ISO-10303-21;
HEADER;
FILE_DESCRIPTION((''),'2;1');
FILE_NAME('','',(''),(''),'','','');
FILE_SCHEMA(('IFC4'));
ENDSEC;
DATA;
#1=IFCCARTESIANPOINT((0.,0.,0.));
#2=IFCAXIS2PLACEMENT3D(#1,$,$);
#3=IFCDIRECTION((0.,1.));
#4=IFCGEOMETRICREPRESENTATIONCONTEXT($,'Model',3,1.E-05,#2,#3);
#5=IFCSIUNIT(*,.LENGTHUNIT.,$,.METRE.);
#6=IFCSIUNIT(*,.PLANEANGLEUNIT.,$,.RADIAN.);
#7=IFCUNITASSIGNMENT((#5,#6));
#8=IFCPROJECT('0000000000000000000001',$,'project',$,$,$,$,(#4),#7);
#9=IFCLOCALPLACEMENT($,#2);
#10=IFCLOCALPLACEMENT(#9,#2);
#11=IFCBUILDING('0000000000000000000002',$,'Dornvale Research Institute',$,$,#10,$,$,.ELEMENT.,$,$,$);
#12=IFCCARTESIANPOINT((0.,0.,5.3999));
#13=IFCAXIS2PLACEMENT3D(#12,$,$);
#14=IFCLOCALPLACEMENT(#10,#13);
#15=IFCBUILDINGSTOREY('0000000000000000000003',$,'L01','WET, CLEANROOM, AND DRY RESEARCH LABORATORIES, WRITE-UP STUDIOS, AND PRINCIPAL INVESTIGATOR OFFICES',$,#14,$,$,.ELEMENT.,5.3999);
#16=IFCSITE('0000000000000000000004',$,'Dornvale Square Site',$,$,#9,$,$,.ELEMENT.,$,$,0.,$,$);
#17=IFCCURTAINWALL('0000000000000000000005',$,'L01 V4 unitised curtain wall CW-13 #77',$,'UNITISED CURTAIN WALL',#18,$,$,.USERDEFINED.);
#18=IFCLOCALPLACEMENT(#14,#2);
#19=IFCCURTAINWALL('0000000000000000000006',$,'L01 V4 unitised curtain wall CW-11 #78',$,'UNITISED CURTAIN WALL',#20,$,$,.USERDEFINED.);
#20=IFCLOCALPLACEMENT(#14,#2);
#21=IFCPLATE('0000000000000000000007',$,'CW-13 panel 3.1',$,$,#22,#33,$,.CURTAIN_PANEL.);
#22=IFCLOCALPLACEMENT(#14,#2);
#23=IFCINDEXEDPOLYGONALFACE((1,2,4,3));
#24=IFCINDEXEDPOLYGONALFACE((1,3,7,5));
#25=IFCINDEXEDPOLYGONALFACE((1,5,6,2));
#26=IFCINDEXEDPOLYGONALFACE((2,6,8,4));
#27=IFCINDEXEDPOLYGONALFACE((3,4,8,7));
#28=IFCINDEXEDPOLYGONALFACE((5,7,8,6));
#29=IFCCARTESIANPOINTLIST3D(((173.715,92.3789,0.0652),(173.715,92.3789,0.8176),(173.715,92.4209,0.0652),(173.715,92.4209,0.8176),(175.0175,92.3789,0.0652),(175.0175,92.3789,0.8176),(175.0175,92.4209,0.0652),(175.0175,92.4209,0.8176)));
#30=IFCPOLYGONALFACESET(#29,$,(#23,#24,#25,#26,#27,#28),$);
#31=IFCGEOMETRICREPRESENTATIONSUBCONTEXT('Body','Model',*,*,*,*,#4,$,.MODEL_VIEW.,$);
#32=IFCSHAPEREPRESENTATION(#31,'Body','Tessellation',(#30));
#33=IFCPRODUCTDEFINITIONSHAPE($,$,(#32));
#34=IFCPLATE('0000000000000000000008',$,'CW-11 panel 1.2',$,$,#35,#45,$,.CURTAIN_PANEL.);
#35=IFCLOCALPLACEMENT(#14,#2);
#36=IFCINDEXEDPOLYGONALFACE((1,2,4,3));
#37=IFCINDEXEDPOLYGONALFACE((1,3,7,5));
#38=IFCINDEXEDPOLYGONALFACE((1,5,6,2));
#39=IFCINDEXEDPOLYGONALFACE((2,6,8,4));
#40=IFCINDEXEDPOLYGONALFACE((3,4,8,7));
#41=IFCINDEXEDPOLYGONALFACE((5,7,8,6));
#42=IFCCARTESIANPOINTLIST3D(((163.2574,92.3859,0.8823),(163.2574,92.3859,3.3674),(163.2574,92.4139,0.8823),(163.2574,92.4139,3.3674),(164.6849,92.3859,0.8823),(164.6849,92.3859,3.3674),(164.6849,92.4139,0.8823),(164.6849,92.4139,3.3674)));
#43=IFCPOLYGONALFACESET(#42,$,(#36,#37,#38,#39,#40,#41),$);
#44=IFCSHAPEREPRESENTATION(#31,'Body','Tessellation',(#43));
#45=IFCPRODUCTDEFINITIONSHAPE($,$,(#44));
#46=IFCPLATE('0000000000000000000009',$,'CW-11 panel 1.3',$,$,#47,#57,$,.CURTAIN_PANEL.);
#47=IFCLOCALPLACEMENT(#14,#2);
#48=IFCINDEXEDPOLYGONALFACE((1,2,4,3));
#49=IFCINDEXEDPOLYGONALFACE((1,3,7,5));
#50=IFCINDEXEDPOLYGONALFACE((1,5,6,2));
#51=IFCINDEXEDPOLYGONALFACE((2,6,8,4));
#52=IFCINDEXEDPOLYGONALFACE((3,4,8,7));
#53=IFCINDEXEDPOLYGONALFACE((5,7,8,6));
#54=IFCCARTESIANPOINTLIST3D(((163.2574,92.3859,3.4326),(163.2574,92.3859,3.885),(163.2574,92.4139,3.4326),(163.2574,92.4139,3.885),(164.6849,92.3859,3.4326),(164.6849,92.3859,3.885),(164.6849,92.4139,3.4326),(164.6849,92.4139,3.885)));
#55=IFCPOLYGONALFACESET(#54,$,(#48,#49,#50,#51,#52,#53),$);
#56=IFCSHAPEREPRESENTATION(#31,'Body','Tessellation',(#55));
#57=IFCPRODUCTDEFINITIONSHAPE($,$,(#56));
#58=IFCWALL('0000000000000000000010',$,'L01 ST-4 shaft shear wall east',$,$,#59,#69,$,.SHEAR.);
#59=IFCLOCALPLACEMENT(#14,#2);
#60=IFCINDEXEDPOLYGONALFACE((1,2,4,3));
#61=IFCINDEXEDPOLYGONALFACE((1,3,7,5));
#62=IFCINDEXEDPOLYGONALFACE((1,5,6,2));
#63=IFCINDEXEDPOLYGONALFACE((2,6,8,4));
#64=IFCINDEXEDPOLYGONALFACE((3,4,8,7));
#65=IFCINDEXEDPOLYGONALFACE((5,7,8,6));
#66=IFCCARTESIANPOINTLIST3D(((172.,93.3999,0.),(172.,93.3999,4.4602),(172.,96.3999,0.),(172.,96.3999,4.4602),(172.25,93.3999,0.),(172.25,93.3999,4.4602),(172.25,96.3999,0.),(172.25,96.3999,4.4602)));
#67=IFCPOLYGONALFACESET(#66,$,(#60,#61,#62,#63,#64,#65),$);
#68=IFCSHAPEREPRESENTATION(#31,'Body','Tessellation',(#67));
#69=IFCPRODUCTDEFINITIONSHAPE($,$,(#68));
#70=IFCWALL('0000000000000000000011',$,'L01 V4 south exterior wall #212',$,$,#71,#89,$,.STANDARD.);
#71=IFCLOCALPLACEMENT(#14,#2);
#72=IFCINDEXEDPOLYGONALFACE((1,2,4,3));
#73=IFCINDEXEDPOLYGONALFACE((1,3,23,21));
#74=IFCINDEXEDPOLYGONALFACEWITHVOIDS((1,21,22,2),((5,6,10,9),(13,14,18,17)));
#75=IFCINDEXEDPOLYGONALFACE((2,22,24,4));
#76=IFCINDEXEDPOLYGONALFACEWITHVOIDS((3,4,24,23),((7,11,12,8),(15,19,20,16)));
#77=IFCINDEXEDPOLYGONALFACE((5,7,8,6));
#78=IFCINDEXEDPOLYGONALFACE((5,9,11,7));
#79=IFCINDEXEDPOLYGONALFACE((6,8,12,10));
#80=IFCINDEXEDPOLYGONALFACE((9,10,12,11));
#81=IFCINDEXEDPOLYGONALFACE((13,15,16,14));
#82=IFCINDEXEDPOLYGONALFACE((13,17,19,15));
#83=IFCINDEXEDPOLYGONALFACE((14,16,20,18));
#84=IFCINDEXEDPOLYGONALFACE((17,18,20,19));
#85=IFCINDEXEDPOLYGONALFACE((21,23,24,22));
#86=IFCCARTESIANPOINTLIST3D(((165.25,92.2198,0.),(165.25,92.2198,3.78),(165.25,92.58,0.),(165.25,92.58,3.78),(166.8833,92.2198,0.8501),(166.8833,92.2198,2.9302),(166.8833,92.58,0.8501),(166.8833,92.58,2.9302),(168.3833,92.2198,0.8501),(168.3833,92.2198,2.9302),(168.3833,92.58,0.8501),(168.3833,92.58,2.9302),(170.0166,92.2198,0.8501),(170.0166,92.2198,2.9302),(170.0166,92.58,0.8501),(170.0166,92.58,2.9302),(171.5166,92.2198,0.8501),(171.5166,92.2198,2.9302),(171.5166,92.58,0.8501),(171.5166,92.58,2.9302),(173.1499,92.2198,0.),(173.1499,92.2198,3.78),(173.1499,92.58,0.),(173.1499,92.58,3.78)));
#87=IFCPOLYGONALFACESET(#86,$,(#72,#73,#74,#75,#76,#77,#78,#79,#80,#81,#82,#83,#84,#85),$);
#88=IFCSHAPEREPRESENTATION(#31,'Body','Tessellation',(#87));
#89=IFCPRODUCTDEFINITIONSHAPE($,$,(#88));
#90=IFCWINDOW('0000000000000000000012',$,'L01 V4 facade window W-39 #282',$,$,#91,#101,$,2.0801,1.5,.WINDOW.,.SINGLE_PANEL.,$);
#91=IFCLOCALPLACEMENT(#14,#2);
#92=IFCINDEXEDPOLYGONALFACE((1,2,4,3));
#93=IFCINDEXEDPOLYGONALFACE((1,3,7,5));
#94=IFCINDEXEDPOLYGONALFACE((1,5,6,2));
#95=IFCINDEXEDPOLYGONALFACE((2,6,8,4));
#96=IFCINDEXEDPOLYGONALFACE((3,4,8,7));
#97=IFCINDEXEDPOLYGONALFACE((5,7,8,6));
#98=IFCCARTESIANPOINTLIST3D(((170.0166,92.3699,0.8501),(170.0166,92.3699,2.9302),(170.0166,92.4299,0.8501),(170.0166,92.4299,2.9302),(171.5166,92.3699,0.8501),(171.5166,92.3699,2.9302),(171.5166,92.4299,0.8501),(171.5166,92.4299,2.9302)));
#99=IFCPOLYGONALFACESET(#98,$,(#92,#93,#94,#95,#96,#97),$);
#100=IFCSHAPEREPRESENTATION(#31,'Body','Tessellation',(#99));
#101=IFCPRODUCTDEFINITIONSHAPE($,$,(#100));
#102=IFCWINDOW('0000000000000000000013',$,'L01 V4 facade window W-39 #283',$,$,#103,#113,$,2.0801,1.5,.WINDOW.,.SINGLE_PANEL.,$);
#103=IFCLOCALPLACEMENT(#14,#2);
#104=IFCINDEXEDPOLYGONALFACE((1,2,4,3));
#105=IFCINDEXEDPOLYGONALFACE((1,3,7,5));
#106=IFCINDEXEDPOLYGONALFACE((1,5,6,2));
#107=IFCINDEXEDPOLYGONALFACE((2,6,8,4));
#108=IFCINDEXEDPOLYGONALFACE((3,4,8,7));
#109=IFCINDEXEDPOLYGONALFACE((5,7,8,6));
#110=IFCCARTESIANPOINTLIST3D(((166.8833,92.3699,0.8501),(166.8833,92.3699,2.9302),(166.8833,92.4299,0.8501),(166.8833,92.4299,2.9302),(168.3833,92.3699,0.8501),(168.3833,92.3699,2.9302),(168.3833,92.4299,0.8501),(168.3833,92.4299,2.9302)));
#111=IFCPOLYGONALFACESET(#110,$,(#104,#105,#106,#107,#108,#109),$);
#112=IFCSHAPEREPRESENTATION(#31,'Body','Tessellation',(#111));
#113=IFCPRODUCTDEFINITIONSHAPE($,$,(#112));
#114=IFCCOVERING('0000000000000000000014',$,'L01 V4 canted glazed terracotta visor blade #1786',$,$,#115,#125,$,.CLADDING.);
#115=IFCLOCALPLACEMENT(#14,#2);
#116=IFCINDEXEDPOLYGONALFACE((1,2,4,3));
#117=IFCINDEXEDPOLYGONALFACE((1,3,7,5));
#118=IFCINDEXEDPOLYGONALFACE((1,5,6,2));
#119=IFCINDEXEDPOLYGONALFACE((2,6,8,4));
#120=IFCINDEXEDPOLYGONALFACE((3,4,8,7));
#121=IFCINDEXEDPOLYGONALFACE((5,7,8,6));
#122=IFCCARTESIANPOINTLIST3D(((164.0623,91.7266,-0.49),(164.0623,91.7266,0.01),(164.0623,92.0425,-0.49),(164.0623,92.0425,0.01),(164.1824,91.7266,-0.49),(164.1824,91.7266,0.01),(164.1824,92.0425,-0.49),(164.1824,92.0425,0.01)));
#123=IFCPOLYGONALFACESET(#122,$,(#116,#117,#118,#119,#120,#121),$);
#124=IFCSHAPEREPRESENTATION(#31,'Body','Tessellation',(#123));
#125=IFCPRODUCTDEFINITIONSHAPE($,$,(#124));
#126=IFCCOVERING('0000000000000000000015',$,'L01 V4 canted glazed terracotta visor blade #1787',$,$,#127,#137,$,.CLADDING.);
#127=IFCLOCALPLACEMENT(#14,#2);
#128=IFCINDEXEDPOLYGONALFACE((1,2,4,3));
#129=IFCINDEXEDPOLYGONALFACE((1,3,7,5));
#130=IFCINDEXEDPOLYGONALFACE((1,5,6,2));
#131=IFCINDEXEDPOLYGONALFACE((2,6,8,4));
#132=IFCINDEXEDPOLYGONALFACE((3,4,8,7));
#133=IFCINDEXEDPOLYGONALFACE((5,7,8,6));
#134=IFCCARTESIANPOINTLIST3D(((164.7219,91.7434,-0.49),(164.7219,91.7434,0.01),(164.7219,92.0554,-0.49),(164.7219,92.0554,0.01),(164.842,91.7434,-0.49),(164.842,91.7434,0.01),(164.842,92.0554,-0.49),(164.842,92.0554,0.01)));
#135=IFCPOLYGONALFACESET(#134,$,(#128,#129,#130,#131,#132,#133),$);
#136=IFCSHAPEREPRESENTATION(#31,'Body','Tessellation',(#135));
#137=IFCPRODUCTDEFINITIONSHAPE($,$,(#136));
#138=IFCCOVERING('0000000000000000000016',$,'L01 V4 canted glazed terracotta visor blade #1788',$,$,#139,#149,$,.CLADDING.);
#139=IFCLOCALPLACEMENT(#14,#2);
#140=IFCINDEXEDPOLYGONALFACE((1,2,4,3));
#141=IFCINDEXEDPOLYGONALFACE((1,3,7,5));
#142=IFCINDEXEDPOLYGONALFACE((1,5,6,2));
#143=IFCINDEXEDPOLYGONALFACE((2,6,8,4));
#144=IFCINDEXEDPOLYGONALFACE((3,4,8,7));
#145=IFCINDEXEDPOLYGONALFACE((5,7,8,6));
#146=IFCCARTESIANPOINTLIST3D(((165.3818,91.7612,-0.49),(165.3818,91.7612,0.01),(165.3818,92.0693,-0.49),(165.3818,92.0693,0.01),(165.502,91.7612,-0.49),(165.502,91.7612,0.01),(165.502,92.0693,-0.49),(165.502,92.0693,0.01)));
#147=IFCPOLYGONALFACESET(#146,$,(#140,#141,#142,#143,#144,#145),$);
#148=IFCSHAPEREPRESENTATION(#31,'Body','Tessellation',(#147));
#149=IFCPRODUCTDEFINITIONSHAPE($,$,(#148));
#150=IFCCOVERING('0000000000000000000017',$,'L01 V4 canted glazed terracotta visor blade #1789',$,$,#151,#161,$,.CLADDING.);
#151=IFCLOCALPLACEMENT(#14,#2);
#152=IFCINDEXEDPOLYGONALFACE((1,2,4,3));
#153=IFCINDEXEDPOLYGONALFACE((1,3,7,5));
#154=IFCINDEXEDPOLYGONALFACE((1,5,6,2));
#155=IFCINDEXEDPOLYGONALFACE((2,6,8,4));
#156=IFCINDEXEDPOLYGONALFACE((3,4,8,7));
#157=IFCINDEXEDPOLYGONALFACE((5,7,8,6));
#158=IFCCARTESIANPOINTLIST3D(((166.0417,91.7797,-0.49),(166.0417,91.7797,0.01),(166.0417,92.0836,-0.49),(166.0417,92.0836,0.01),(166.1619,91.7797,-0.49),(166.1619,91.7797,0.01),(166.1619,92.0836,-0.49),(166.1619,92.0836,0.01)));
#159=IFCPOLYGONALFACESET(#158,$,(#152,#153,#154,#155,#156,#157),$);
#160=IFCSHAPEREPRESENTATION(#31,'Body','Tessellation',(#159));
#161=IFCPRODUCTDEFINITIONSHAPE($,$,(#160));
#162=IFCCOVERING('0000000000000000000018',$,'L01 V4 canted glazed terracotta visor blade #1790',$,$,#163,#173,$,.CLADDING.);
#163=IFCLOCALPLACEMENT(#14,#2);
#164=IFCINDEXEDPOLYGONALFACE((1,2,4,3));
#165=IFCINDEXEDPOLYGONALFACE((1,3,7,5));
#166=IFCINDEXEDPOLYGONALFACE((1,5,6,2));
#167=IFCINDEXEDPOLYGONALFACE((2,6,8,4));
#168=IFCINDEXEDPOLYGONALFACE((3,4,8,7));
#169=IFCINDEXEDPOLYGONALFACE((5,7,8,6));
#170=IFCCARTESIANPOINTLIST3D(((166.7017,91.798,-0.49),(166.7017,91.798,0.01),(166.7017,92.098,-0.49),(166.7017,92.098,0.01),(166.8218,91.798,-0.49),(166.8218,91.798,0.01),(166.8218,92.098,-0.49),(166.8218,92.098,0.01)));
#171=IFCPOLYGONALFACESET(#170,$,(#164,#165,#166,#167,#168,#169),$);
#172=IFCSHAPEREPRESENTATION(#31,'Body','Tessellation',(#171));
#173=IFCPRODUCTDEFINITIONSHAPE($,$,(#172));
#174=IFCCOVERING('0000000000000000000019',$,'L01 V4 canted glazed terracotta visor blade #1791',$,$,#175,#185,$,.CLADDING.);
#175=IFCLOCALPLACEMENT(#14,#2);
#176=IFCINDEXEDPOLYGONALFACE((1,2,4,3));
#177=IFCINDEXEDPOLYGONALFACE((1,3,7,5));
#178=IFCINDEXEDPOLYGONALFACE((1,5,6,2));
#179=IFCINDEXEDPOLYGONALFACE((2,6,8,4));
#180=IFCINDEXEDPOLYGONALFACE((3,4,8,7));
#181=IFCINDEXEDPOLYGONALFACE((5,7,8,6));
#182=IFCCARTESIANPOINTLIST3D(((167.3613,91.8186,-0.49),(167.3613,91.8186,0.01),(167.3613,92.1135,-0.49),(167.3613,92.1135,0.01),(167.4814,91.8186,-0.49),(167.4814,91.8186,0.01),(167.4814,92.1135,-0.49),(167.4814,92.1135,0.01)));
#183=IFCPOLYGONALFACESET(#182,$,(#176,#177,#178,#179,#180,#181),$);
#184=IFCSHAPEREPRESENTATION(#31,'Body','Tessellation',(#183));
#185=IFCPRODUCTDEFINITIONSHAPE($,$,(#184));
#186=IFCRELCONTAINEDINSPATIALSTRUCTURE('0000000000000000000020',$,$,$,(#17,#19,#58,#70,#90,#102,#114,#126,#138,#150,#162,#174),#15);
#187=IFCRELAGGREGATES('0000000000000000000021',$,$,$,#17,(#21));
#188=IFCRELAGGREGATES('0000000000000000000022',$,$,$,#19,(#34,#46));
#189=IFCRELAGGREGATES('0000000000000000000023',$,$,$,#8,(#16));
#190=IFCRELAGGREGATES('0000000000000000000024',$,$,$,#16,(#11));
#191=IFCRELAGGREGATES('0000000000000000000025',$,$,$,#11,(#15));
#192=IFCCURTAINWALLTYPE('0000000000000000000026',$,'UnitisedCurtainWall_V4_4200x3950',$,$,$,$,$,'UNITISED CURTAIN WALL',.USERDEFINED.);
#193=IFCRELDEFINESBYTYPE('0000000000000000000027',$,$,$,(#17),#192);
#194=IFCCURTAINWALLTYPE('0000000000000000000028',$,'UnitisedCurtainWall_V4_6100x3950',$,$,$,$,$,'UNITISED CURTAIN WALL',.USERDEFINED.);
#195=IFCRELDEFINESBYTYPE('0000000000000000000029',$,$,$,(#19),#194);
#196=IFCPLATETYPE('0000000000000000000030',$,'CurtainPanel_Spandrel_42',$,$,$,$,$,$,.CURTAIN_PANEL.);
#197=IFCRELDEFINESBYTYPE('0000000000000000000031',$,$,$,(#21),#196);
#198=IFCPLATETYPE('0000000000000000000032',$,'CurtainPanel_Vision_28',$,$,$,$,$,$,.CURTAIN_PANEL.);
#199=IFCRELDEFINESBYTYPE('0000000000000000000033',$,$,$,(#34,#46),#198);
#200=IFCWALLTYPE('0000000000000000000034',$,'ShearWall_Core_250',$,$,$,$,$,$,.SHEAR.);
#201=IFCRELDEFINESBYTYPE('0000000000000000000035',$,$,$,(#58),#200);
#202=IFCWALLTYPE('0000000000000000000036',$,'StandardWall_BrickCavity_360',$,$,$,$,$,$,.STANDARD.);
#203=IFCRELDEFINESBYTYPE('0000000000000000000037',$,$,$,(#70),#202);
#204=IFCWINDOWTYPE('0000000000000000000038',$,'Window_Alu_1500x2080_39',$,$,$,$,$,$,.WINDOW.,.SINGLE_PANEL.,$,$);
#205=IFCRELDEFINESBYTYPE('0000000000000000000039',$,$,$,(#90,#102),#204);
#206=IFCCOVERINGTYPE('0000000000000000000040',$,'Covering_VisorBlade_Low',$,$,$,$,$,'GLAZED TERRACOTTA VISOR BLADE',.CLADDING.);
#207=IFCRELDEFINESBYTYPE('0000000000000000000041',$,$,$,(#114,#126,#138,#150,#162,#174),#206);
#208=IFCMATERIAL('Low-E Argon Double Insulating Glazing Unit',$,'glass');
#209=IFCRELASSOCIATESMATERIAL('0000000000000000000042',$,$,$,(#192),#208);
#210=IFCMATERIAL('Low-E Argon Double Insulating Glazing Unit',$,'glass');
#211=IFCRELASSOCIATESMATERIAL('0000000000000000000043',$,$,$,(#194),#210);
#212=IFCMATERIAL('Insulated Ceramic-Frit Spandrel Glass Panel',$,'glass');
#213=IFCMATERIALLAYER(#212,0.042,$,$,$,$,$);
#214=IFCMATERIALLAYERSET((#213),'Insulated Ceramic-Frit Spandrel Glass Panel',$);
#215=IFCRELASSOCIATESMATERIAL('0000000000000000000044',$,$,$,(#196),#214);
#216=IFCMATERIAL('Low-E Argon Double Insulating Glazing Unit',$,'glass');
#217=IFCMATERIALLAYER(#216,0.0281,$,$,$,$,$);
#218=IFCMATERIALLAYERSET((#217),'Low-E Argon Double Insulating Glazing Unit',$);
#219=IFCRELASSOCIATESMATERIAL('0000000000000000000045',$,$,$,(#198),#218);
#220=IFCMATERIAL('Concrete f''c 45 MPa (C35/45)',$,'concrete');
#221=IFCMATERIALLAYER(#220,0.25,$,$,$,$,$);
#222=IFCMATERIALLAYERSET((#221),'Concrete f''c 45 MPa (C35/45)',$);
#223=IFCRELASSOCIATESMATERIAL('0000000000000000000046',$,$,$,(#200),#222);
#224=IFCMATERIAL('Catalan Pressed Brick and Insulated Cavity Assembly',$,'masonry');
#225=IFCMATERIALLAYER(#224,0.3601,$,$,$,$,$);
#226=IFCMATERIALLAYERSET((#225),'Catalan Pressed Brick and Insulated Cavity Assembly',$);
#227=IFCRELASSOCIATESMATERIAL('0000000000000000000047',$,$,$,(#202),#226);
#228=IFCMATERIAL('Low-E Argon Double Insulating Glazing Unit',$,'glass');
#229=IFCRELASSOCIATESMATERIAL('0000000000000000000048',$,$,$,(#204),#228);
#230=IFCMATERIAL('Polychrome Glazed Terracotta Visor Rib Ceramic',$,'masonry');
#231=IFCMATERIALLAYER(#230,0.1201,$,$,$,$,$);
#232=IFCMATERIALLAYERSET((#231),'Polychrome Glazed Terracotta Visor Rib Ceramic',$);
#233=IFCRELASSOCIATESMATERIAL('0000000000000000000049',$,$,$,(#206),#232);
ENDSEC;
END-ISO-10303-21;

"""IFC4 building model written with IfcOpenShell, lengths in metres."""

from ifc_helpers import new_model, si_unit, direction, frame, frame_2d, origin, origin_2d, place, context, subcontext, project, spatial, rectangle, extrude, material, layer, layer_set, type_object, element, fill, aggregate, save


model = new_model("IFC4")

# Units and contexts
model_context = context("Model", 3, precision=1e-05, world=origin(), true_north=direction((0.0, 1.0)))
body_context = subcontext(model_context, "Body", "Model", "MODEL_VIEW")
ifc_project = project(units=[si_unit("LENGTHUNIT", "METRE"), si_unit("PLANEANGLEUNIT", "RADIAN")], contexts=[model_context])

# Site, building, storey
site_placement = place(None, origin())
site = spatial("IfcSite", under=ifc_project, at=site_placement, Name="Dornvale Square Site", CompositionType="ELEMENT", RefElevation=0.0)
building_placement = place(site_placement, origin())
building = spatial("IfcBuilding", under=site, at=building_placement, Name="Dornvale Research Institute", CompositionType="ELEMENT")
storey_placement = place(building_placement, frame((0.0, 0.0, 5.3999)))
storey = spatial("IfcBuildingStorey", under=building, at=storey_placement, Name="L01", Description="WET, CLEANROOM, AND DRY RESEARCH LABORATORIES, WRITE-UP STUDIOS, AND PRINCIPAL INVESTIGATOR OFFICES", CompositionType="ELEMENT", Elevation=5.3999)

# Curtain walls
ifc_material_1 = material(Name="Low-E Argon Double Insulating Glazing Unit", Category="glass")
curtain_wall_type_1 = type_object("IfcCurtainWallType", Name="UnitisedCurtainWall_V4_4200x3950", ElementType="UNITISED CURTAIN WALL", PredefinedType="USERDEFINED", material=ifc_material_1)
curtain_wall_1_placement = place(storey_placement, origin())
curtain_wall_1 = element("IfcCurtainWall", 1, at=curtain_wall_1_placement, inside=storey, type_object=curtain_wall_type_1, Name="L01 V4 unitised curtain wall CW-13 #77", ObjectType="UNITISED CURTAIN WALL", PredefinedType="USERDEFINED")
ifc_material_2 = material(Name="Low-E Argon Double Insulating Glazing Unit", Category="glass")
curtain_wall_type_2 = type_object("IfcCurtainWallType", Name="UnitisedCurtainWall_V4_6100x3950", ElementType="UNITISED CURTAIN WALL", PredefinedType="USERDEFINED", material=ifc_material_2)
curtain_wall_2_placement = place(storey_placement, origin())
curtain_wall_2 = element("IfcCurtainWall", 2, at=curtain_wall_2_placement, inside=storey, type_object=curtain_wall_type_2, Name="L01 V4 unitised curtain wall CW-11 #78", ObjectType="UNITISED CURTAIN WALL", PredefinedType="USERDEFINED")

# Plates
ifc_material_3 = material(Name="Insulated Ceramic-Frit Spandrel Glass Panel", Category="glass")
ifc_layer_1 = layer(ifc_material_3, 0.042)
ifc_layer_set_1 = layer_set([ifc_layer_1], Name="Insulated Ceramic-Frit Spandrel Glass Panel")
plate_type_1 = type_object("IfcPlateType", Name="CurtainPanel_Spandrel_42", PredefinedType="CURTAIN_PANEL", material=ifc_layer_set_1)
plate_1_placement = place(storey_placement, frame((174.3662, 92.3999, 0.0652), z_axis=(0.0, 0.0, 1.0), x_axis=(-1.0, 0.0, 0.0)))
plate_1 = element("IfcPlate", 3, at=plate_1_placement, type_object=plate_type_1, Name="CW-13 panel 3.1", PredefinedType="CURTAIN_PANEL", context=body_context, shape_type="SweptSolid", body=[
    extrude(rectangle(XDim=1.3025, YDim=0.042, at=origin_2d()), origin(), (0.0, 0.0, 1.0), 0.7524),
])
aggregate(curtain_wall_1, [plate_1])
ifc_material_4 = material(Name="Low-E Argon Double Insulating Glazing Unit", Category="glass")
ifc_layer_2 = layer(ifc_material_4, 0.0281)
ifc_layer_set_2 = layer_set([ifc_layer_2], Name="Low-E Argon Double Insulating Glazing Unit")
plate_type_2 = type_object("IfcPlateType", Name="CurtainPanel_Vision_28", PredefinedType="CURTAIN_PANEL", material=ifc_layer_set_2)
plate_2_placement = place(storey_placement, frame((163.9712, 92.3999, 0.8823), z_axis=(0.0, 0.0, 1.0), x_axis=(-1.0, 0.0, 0.0)))
plate_2 = element("IfcPlate", 4, at=plate_2_placement, type_object=plate_type_2, Name="CW-11 panel 1.2", PredefinedType="CURTAIN_PANEL", context=body_context, shape_type="SweptSolid", body=[
    extrude(rectangle(XDim=1.4275, YDim=0.0281, at=origin_2d()), origin(), (0.0, 0.0, 1.0), 2.4851),
])
plate_3_placement = place(storey_placement, frame((163.9712, 92.3999, 3.4326), z_axis=(0.0, 0.0, 1.0), x_axis=(-1.0, 0.0, 0.0)))
plate_3 = element("IfcPlate", 5, at=plate_3_placement, type_object=plate_type_2, Name="CW-11 panel 1.3", PredefinedType="CURTAIN_PANEL", context=body_context, shape_type="SweptSolid", body=[
    extrude(rectangle(XDim=1.4275, YDim=0.0281, at=origin_2d()), origin(), (0.0, 0.0, 1.0), 0.4524),
])
aggregate(curtain_wall_2, [plate_2, plate_3])

# Wall
ifc_material_5 = material(Name="Concrete f'c 45 MPa (C35/45)", Category="concrete")
ifc_layer_3 = layer(ifc_material_5, 0.25)
ifc_layer_set_3 = layer_set([ifc_layer_3], Name="Concrete f'c 45 MPa (C35/45)")
wall_type_1 = type_object("IfcWallType", Name="ShearWall_Core_250", PredefinedType="SHEAR", material=ifc_layer_set_3)
wall_1_placement = place(storey_placement, frame((172.125, 93.3999, 0.0), z_axis=(0.0, 0.0, 1.0), x_axis=(0.0, 1.0, 0.0)))
element("IfcWall", 6, at=wall_1_placement, inside=storey, type_object=wall_type_1, Name="L01 ST-4 shaft shear wall east", PredefinedType="SHEAR", context=body_context, shape_type="SweptSolid", body=[
    extrude(rectangle(XDim=3.0, YDim=0.25, at=frame_2d((1.5, 0.0))), origin(), (0.0, 0.0, 1.0), 4.4602),
])

# Wall, openings, windows
ifc_material_6 = material(Name="Catalan Pressed Brick and Insulated Cavity Assembly", Category="masonry")
ifc_layer_4 = layer(ifc_material_6, 0.3601)
ifc_layer_set_4 = layer_set([ifc_layer_4], Name="Catalan Pressed Brick and Insulated Cavity Assembly")
wall_type_2 = type_object("IfcWallType", Name="StandardWall_BrickCavity_360", PredefinedType="STANDARD", material=ifc_layer_set_4)
wall_2_placement = place(storey_placement, frame((173.1499, 92.3999, 0.0), z_axis=(0.0, 0.0, 1.0), x_axis=(-1.0, 0.0, 0.0)))
wall_2 = element("IfcWall", 7, at=wall_2_placement, inside=storey, type_object=wall_type_2, Name="L01 V4 south exterior wall #212", PredefinedType="STANDARD", context=body_context, shape_type="SweptSolid", body=[
    extrude(rectangle(XDim=7.8999, YDim=0.3601, at=frame_2d((3.95, 0.0))), origin(), (0.0, 0.0, 1.0), 3.78),
])
opening_1_placement = place(wall_2_placement, frame((1.6333, 0.0, 0.8501)))
opening_1 = element("IfcOpeningElement", 8, at=opening_1_placement, cuts=wall_2, PredefinedType="OPENING", context=body_context, shape_type="SweptSolid", body=[
    extrude(rectangle(XDim=1.5, YDim=2.0801, at=frame_2d((0.75, 1.04))), frame((0.0, 0.1951, 0.0), z_axis=(0.0, -1.0, 0.0), x_axis=(1.0, 0.0, 0.0)), (0.0, 0.0, 1.0), 0.3901),
])
opening_2_placement = place(wall_2_placement, frame((4.7666, 0.0, 0.8501)))
opening_2 = element("IfcOpeningElement", 9, at=opening_2_placement, cuts=wall_2, PredefinedType="OPENING", context=body_context, shape_type="SweptSolid", body=[
    extrude(rectangle(XDim=1.5, YDim=2.0801, at=frame_2d((0.75, 1.04))), frame((0.0, 0.1951, 0.0), z_axis=(0.0, -1.0, 0.0), x_axis=(1.0, 0.0, 0.0)), (0.0, 0.0, 1.0), 0.3901),
])
ifc_material_7 = material(Name="Low-E Argon Double Insulating Glazing Unit", Category="glass")
window_type = type_object("IfcWindowType", Name="Window_Alu_1500x2080_39", PartitioningType="SINGLE_PANEL", PredefinedType="WINDOW", material=ifc_material_7)
window_1_placement = place(opening_1_placement, origin())
window_1 = element("IfcWindow", 10, at=window_1_placement, inside=storey, type_object=window_type, Name="L01 V4 facade window W-39 #282", OverallHeight=2.0801, OverallWidth=1.5, PartitioningType="SINGLE_PANEL", PredefinedType="WINDOW", context=body_context, shape_type="SweptSolid", body=[
    extrude(rectangle(XDim=1.5, YDim=2.0801, at=frame_2d((0.75, 1.04))), frame((0.0, 0.03, 0.0), z_axis=(0.0, -1.0, 0.0), x_axis=(1.0, 0.0, 0.0)), (0.0, 0.0, 1.0), 0.0601),
])
fill(opening_1, window_1)
window_2_placement = place(opening_2_placement, origin())
window_2 = element("IfcWindow", 11, at=window_2_placement, inside=storey, type_object=window_type, Name="L01 V4 facade window W-39 #283", OverallHeight=2.0801, OverallWidth=1.5, PartitioningType="SINGLE_PANEL", PredefinedType="WINDOW", context=body_context, shape_type="SweptSolid", body=[
    extrude(rectangle(XDim=1.5, YDim=2.0801, at=frame_2d((0.75, 1.04))), frame((0.0, 0.03, 0.0), z_axis=(0.0, -1.0, 0.0), x_axis=(1.0, 0.0, 0.0)), (0.0, 0.0, 1.0), 0.0601),
])
fill(opening_2, window_2)

# Coverings
ifc_material_8 = material(Name="Polychrome Glazed Terracotta Visor Rib Ceramic", Category="masonry")
ifc_layer_5 = layer(ifc_material_8, 0.1201)
ifc_layer_set_5 = layer_set([ifc_layer_5], Name="Polychrome Glazed Terracotta Visor Rib Ceramic")
covering_type = type_object("IfcCoveringType", Name="Covering_VisorBlade_Low", ElementType="GLAZED TERRACOTTA VISOR BLADE", PredefinedType="CLADDING", material=ifc_layer_set_5)
covering_1_placement = place(storey_placement, frame((164.1223, 91.8845, -0.49), z_axis=(0.0, 0.0, 1.0), x_axis=(0.0, 1.0, 0.0)))
element("IfcCovering", 12, at=covering_1_placement, inside=storey, type_object=covering_type, Name="L01 V4 canted glazed terracotta visor blade #1786", PredefinedType="CLADDING", context=body_context, shape_type="SweptSolid", body=[
    extrude(rectangle(XDim=0.3159, YDim=0.1201, at=origin_2d()), origin(), (0.0, 0.0, 1.0), 0.5),
])
covering_2_placement = place(storey_placement, frame((164.782, 91.8994, -0.49), z_axis=(0.0, 0.0, 1.0), x_axis=(0.0, 1.0, 0.0)))
element("IfcCovering", 13, at=covering_2_placement, inside=storey, type_object=covering_type, Name="L01 V4 canted glazed terracotta visor blade #1787", PredefinedType="CLADDING", context=body_context, shape_type="SweptSolid", body=[
    extrude(rectangle(XDim=0.312, YDim=0.1201, at=origin_2d()), origin(), (0.0, 0.0, 1.0), 0.5),
])
covering_3_placement = place(storey_placement, frame((165.4419, 91.9153, -0.49), z_axis=(0.0, 0.0, 1.0), x_axis=(0.0, 1.0, 0.0)))
element("IfcCovering", 14, at=covering_3_placement, inside=storey, type_object=covering_type, Name="L01 V4 canted glazed terracotta visor blade #1788", PredefinedType="CLADDING", context=body_context, shape_type="SweptSolid", body=[
    extrude(rectangle(XDim=0.3081, YDim=0.1201, at=origin_2d()), origin(), (0.0, 0.0, 1.0), 0.5),
])
covering_4_placement = place(storey_placement, frame((166.1018, 91.9316, -0.49), z_axis=(0.0, 0.0, 1.0), x_axis=(0.0, 1.0, 0.0)))
element("IfcCovering", 15, at=covering_4_placement, inside=storey, type_object=covering_type, Name="L01 V4 canted glazed terracotta visor blade #1789", PredefinedType="CLADDING", context=body_context, shape_type="SweptSolid", body=[
    extrude(rectangle(XDim=0.304, YDim=0.1201, at=origin_2d()), origin(), (0.0, 0.0, 1.0), 0.5),
])
covering_5_placement = place(storey_placement, frame((166.7617, 91.948, -0.49), z_axis=(0.0, 0.0, 1.0), x_axis=(0.0, 1.0, 0.0)))
element("IfcCovering", 16, at=covering_5_placement, inside=storey, type_object=covering_type, Name="L01 V4 canted glazed terracotta visor blade #1790", PredefinedType="CLADDING", context=body_context, shape_type="SweptSolid", body=[
    extrude(rectangle(XDim=0.3, YDim=0.1201, at=origin_2d()), origin(), (0.0, 0.0, 1.0), 0.5),
])
covering_6_placement = place(storey_placement, frame((167.4214, 91.9661, -0.49), z_axis=(0.0, 0.0, 1.0), x_axis=(0.0, 1.0, 0.0)))
element("IfcCovering", 17, at=covering_6_placement, inside=storey, type_object=covering_type, Name="L01 V4 canted glazed terracotta visor blade #1791", PredefinedType="CLADDING", context=body_context, shape_type="SweptSolid", body=[
    extrude(rectangle(XDim=0.2949, YDim=0.1201, at=origin_2d()), origin(), (0.0, 0.0, 1.0), 0.5),
])

save(model, "model.ifc")
